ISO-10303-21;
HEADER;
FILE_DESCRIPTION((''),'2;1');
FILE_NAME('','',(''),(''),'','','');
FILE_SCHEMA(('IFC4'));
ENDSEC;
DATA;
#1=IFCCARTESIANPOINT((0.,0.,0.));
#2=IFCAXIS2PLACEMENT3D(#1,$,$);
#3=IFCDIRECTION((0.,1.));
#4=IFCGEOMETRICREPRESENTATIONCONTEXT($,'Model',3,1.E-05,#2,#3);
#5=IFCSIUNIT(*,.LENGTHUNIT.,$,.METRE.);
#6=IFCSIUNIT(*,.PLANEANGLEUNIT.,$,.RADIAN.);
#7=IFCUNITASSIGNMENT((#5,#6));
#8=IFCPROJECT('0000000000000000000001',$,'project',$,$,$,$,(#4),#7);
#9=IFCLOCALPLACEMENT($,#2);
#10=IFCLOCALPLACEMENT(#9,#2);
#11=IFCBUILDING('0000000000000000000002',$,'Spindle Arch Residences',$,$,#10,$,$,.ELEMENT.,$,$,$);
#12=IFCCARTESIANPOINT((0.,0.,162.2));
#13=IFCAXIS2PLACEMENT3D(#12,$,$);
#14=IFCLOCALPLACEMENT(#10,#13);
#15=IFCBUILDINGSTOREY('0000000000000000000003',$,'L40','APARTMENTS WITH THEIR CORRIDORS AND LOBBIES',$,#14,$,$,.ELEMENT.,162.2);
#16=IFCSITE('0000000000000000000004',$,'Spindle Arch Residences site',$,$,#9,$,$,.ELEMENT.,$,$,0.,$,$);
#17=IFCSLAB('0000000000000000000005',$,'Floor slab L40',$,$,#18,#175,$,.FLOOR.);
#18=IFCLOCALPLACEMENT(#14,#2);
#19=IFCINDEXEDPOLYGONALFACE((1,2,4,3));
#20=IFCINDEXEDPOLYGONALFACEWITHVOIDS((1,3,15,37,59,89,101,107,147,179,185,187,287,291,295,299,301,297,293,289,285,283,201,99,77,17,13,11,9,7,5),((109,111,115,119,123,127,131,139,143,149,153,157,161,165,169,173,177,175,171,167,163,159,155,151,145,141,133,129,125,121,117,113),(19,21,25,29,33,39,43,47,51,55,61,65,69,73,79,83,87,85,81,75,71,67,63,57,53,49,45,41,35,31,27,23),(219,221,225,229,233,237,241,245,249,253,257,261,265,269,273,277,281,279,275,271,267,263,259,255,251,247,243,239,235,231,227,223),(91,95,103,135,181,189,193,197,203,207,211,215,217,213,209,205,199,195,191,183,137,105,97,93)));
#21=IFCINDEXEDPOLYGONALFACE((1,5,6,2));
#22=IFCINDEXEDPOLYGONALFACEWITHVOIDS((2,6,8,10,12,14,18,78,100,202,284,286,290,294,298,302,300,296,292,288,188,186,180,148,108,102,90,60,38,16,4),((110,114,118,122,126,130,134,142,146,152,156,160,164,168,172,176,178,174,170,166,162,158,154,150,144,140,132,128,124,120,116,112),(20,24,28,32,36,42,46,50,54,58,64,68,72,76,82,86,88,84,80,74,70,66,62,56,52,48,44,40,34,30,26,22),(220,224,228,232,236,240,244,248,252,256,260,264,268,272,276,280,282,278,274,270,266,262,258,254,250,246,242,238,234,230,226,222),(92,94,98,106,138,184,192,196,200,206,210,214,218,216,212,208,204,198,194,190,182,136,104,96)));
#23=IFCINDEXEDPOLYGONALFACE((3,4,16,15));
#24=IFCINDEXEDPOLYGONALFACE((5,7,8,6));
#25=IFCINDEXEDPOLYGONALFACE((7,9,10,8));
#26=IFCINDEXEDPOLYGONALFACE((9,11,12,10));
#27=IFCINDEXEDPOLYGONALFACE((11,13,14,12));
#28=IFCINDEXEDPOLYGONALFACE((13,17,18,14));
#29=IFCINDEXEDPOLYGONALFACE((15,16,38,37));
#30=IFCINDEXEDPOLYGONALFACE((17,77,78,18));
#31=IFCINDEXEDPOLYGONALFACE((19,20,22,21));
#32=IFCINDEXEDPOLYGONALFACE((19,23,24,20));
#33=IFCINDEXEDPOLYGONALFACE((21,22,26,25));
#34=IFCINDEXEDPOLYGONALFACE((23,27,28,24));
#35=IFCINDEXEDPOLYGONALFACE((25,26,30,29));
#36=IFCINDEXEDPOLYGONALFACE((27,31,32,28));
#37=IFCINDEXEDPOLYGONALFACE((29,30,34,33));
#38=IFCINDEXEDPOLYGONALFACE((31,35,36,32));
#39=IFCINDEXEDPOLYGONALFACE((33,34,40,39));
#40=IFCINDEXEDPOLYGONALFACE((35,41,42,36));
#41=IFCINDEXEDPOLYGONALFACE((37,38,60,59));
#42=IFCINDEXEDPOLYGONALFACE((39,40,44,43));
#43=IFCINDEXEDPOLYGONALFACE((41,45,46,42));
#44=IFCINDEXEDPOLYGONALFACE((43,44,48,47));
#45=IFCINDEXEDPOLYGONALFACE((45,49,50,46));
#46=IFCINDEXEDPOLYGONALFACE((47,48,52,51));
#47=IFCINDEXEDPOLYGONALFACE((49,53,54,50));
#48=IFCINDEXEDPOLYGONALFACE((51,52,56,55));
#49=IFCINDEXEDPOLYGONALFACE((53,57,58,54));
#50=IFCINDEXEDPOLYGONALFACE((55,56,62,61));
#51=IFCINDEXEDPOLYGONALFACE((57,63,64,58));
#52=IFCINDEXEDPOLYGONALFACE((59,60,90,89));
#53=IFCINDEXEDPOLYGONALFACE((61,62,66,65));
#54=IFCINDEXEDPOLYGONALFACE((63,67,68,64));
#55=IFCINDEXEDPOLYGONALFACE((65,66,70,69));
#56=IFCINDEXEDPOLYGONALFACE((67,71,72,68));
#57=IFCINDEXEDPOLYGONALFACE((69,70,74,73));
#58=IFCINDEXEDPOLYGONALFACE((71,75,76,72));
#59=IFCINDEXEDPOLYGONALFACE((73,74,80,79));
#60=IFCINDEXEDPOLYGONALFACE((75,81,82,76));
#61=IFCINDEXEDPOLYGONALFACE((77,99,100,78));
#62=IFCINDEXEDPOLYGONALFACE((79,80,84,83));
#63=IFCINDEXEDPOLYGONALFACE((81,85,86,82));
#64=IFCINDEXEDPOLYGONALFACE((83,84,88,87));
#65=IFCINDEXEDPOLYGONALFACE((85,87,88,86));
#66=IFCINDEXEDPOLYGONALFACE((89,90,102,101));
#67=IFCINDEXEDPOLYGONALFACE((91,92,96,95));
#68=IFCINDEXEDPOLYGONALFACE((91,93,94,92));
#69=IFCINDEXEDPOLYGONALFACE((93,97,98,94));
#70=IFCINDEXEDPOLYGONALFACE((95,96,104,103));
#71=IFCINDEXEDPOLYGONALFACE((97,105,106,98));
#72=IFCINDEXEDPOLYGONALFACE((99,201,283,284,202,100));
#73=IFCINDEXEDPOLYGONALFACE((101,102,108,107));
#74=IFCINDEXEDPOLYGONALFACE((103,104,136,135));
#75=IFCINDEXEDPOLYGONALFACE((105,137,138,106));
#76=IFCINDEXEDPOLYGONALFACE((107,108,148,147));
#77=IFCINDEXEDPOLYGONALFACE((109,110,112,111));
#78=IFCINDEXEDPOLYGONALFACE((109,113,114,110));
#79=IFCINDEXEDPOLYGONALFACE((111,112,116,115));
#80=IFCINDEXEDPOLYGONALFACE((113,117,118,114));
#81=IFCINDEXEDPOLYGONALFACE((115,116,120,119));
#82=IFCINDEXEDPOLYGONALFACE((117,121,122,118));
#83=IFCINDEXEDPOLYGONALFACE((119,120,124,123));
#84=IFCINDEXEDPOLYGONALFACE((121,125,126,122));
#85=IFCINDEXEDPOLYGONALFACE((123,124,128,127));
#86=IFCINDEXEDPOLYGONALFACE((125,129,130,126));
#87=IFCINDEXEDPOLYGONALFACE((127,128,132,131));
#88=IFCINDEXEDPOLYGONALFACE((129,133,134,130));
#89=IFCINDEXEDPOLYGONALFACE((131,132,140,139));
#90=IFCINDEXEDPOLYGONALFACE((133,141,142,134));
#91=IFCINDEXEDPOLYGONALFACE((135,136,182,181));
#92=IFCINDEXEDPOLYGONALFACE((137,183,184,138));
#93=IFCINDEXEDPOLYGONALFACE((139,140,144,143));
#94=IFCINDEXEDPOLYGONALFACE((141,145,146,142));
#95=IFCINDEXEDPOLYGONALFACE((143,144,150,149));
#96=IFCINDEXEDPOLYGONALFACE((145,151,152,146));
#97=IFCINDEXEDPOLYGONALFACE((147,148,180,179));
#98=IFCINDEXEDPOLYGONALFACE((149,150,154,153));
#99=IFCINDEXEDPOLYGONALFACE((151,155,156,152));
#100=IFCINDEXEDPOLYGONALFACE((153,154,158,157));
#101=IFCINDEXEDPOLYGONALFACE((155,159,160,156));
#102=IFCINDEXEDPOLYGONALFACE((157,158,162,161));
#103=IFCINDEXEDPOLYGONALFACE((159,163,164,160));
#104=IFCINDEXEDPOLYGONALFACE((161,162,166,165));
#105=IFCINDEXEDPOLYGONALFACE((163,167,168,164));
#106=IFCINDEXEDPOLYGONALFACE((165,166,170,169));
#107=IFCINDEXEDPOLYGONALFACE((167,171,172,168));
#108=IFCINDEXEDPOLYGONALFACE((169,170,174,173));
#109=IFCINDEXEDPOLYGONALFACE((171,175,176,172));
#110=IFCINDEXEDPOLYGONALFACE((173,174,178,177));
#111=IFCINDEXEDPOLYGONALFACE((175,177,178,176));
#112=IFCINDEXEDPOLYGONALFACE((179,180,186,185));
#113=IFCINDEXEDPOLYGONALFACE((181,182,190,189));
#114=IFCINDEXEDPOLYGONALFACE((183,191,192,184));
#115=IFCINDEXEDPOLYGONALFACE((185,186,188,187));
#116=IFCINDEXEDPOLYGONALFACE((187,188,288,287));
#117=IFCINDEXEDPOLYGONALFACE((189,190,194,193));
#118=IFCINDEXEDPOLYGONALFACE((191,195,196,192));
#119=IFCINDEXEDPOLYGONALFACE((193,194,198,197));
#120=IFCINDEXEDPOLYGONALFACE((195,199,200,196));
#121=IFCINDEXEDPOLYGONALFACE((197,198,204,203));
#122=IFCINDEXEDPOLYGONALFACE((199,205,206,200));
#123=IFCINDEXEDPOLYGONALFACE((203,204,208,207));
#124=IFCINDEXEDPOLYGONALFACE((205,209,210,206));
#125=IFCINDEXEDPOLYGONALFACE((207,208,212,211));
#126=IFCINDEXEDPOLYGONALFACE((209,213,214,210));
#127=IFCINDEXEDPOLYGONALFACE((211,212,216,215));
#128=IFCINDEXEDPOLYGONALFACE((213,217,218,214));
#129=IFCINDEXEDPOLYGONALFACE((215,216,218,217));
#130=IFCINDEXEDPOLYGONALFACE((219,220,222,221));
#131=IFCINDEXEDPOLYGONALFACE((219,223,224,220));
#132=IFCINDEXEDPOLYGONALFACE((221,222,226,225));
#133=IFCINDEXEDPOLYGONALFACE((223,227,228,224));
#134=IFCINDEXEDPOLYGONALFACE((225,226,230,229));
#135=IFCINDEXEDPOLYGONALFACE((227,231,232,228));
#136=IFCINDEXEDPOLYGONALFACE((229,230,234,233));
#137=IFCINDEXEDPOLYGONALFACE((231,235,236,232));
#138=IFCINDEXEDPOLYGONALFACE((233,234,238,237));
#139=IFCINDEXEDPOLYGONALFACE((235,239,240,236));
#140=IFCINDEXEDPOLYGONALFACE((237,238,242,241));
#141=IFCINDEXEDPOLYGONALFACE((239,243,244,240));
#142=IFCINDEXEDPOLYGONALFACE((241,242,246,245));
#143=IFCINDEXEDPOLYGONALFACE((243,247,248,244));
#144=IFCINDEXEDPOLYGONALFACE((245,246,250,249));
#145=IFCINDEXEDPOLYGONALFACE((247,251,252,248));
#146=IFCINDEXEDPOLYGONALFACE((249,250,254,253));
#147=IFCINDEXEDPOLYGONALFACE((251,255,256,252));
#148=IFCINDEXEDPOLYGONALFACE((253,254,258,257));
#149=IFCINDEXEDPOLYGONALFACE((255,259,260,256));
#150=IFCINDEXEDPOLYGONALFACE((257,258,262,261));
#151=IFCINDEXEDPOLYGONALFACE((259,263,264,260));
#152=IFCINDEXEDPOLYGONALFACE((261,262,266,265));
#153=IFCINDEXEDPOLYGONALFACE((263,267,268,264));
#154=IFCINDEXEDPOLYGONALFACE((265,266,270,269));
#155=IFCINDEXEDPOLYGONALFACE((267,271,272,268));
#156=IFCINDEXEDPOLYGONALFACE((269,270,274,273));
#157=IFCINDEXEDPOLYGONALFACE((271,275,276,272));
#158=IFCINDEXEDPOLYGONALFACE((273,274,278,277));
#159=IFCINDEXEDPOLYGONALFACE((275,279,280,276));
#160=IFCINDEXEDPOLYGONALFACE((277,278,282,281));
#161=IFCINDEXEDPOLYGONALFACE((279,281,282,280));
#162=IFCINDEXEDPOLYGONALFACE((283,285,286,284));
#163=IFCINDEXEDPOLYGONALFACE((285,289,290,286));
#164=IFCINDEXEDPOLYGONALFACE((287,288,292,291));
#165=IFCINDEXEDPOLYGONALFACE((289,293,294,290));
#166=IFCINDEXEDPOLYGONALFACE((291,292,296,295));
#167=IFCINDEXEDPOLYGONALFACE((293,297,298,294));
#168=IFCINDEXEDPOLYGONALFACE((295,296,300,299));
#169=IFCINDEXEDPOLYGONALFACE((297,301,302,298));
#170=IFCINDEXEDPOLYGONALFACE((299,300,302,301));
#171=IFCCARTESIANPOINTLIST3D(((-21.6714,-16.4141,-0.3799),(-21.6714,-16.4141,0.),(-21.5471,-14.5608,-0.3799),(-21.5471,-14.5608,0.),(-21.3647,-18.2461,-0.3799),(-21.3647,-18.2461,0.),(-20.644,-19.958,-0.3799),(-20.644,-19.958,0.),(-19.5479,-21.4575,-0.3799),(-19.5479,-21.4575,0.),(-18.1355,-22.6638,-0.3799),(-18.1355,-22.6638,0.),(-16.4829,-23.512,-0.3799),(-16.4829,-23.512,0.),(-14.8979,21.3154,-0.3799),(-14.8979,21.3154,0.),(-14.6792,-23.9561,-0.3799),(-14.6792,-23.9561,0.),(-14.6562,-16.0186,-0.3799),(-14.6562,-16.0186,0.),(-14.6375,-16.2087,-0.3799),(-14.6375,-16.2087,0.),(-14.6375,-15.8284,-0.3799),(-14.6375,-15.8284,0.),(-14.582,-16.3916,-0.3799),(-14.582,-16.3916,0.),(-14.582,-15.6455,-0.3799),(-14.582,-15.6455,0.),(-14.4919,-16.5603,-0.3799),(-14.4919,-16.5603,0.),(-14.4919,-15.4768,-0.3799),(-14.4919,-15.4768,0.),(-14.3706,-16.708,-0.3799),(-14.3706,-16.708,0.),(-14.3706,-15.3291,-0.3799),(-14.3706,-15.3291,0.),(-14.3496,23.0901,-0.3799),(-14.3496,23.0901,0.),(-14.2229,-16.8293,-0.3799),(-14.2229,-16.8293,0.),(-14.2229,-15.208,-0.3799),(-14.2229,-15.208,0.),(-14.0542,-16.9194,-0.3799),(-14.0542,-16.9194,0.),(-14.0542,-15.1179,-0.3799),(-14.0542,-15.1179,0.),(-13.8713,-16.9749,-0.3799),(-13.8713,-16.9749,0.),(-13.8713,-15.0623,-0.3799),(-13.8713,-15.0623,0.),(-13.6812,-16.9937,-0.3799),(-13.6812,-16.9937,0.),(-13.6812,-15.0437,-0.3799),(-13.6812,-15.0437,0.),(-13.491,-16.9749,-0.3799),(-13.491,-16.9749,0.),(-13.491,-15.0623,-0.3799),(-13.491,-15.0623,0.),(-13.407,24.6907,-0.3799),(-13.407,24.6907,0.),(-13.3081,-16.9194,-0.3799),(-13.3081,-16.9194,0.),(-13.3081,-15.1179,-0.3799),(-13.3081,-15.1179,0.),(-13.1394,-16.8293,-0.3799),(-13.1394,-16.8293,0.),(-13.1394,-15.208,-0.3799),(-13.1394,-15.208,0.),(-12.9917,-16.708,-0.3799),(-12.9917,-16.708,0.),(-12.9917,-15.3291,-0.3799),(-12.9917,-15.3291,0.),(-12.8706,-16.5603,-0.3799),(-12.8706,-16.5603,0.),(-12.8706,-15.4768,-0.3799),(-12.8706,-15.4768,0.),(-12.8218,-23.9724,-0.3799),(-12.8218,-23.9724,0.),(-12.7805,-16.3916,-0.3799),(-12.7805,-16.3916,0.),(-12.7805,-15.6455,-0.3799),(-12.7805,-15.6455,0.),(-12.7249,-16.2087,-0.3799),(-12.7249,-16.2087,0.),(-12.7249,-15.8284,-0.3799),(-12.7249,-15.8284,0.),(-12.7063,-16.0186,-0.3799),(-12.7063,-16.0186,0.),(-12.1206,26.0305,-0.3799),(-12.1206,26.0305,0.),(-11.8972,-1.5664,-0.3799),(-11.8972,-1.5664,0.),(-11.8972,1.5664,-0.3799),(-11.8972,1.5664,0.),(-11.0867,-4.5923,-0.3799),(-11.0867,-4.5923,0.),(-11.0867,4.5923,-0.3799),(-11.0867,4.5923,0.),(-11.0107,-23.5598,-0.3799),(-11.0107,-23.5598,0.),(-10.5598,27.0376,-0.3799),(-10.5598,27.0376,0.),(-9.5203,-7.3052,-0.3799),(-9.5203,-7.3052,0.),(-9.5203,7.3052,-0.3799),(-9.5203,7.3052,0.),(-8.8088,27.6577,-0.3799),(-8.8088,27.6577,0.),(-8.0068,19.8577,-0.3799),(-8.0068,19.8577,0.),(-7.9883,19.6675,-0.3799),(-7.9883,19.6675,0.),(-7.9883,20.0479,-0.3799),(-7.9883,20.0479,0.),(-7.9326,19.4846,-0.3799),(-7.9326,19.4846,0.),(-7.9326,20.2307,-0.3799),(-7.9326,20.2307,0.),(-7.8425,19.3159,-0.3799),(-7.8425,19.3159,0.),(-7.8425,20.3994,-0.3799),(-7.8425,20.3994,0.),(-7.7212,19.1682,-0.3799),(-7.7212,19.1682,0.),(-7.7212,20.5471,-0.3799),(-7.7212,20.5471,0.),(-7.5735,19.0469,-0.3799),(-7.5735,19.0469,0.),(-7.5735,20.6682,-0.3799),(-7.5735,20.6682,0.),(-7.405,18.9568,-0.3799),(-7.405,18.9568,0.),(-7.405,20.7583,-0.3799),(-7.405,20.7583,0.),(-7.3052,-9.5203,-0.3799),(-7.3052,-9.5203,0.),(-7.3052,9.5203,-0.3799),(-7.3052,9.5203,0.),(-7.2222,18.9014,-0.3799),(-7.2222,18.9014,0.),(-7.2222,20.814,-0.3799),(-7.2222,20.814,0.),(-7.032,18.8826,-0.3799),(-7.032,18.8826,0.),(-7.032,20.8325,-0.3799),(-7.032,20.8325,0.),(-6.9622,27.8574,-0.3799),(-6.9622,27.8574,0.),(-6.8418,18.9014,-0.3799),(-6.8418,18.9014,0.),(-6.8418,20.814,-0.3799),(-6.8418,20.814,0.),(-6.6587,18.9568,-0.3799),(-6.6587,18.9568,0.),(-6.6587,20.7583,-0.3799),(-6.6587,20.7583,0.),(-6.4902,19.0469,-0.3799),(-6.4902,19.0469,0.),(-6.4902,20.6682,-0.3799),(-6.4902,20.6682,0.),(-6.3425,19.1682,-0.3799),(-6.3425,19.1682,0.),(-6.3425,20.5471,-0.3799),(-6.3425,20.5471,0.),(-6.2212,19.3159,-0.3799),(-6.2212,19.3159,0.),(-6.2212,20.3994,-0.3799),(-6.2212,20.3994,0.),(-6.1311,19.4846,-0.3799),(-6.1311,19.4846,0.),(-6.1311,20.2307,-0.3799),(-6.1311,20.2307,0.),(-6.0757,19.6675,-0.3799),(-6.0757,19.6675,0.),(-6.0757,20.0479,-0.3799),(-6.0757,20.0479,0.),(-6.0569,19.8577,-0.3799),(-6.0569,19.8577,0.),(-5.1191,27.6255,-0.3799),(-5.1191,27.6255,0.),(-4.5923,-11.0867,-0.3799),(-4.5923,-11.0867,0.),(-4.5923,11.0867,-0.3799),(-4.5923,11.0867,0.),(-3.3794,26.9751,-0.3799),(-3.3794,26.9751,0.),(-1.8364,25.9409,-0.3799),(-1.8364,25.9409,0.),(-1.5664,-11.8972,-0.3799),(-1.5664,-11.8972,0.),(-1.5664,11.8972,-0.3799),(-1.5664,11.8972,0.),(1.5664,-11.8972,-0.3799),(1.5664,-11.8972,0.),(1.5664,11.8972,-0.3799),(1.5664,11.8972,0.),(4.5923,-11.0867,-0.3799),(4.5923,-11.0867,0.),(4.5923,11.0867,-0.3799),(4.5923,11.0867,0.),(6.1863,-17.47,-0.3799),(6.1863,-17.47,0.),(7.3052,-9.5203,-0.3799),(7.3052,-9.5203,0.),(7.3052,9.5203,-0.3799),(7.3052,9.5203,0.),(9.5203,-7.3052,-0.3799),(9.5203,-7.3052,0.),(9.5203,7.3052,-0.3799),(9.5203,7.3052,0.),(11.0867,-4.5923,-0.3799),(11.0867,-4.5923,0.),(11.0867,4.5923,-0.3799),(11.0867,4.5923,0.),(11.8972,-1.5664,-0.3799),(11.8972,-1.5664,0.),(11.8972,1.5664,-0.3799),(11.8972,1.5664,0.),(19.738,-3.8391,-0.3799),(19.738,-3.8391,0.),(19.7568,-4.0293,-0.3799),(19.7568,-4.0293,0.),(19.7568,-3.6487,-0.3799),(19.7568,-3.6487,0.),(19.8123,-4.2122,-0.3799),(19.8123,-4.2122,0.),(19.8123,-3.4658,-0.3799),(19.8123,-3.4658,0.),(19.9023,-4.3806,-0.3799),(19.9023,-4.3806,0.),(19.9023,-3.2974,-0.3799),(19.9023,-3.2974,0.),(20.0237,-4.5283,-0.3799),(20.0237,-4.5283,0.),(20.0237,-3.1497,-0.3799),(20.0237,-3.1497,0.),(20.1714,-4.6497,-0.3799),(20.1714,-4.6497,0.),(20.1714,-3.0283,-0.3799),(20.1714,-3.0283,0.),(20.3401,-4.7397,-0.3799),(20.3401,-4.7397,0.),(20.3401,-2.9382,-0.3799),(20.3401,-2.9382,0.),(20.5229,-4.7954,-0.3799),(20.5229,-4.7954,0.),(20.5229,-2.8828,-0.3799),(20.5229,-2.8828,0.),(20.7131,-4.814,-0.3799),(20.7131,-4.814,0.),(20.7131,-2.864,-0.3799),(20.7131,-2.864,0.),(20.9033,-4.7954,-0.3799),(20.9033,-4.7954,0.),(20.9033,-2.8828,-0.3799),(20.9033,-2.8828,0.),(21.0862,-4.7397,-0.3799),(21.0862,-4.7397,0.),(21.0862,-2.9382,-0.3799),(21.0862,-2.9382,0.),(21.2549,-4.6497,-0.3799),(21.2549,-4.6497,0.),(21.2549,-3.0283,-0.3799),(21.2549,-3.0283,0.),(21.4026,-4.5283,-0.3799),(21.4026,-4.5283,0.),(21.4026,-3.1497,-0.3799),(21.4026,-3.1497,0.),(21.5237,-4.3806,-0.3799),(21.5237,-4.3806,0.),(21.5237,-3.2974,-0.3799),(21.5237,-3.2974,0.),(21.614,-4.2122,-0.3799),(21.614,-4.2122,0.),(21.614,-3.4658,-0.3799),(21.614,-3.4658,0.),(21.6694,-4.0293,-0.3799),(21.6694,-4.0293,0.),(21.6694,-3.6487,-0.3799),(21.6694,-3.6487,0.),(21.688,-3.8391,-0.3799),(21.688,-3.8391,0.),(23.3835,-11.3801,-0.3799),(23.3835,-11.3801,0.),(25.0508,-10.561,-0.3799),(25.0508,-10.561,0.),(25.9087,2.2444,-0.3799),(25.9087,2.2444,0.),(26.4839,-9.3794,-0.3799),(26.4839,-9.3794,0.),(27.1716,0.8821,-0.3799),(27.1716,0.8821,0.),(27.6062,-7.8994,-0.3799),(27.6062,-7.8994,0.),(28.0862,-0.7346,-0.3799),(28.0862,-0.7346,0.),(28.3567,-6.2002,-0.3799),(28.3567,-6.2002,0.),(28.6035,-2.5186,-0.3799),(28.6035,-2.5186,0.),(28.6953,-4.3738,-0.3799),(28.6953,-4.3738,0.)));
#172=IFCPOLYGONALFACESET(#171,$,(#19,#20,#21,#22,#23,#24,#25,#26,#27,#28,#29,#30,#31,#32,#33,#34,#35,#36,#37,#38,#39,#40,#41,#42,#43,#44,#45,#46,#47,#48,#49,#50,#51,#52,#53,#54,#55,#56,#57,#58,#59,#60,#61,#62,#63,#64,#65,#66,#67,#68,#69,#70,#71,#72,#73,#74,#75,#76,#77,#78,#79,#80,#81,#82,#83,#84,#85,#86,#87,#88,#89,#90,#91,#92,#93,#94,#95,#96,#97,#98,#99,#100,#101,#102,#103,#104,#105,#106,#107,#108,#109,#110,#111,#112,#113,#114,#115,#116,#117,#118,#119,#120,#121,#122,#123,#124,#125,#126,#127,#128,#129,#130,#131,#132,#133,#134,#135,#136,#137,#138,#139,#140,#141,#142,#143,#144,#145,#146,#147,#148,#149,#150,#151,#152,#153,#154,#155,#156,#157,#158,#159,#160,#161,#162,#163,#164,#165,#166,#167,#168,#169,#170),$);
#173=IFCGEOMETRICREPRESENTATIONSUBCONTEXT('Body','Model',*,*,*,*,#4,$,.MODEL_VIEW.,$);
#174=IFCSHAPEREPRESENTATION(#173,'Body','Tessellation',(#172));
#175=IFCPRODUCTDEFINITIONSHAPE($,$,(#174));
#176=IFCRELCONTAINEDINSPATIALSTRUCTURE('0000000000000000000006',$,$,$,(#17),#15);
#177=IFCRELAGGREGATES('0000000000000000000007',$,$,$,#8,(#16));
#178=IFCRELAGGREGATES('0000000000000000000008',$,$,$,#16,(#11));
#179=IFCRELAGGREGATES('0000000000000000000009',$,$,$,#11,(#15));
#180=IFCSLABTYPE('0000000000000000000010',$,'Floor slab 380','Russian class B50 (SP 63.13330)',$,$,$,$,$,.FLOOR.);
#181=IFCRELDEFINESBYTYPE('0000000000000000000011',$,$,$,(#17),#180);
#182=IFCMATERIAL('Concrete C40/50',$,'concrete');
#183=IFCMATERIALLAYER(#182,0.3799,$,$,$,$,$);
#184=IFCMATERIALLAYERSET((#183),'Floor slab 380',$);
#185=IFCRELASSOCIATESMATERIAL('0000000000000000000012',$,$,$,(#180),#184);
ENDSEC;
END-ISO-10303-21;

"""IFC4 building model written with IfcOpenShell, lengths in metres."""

from ifc_helpers import new_model, si_unit, direction, frame, origin, place, context, subcontext, project, spatial, polyline, outline, extrude, material, layer, layer_set, type_object, element, save


model = new_model("IFC4")

# Units and contexts
model_context = context("Model", 3, precision=1e-05, world=origin(), true_north=direction((0.0, 1.0)))
body_context = subcontext(model_context, "Body", "Model", "MODEL_VIEW")
ifc_project = project(units=[si_unit("LENGTHUNIT", "METRE"), si_unit("PLANEANGLEUNIT", "RADIAN")], contexts=[model_context])

# Site, building, storey
site_placement = place(None, origin())
site = spatial("IfcSite", under=ifc_project, at=site_placement, Name="Spindle Arch Residences site", CompositionType="ELEMENT", RefElevation=0.0)
building_placement = place(site_placement, origin())
building = spatial("IfcBuilding", under=site, at=building_placement, Name="Spindle Arch Residences", CompositionType="ELEMENT")
storey_placement = place(building_placement, frame((0.0, 0.0, 162.2)))
storey = spatial("IfcBuildingStorey", under=building, at=storey_placement, Name="L40", Description="APARTMENTS WITH THEIR CORRIDORS AND LOBBIES", CompositionType="ELEMENT", Elevation=162.2)

# Slab
ifc_material_1 = material(Name="Concrete C40/50", Category="concrete")
ifc_layer_1 = layer(ifc_material_1, 0.3799)
ifc_layer_set_1 = layer_set([ifc_layer_1], Name="Floor slab 380")
slab_type_1 = type_object("IfcSlabType", Name="Floor slab 380", Description="Russian class B50 (SP 63.13330)", PredefinedType="FLOOR", material=ifc_layer_set_1)
slab_1_placement = place(storey_placement, frame((0.0, 0.0, -0.3799)))
element("IfcSlab", 1, at=slab_1_placement, inside=storey, type_object=slab_type_1, Name="Floor slab L40", PredefinedType="FLOOR", context=body_context, shape_type="SweptSolid", body=[
    extrude(outline(polyline([(-12.8218, -23.9724), (-14.6792, -23.9561), (-16.4829, -23.512), (-18.1355, -22.6638), (-19.5479, -21.4575), (-20.644, -19.958), (-21.3647, -18.2461), (-21.6714, -16.4141), (-21.5471, -14.5608), (-14.8979, 21.3154), (-14.3496, 23.0901), (-13.407, 24.6907), (-12.1206, 26.0305), (-10.5598, 27.0376), (-8.8088, 27.6577), (-6.9622, 27.8574), (-5.1191, 27.6255), (-3.3794, 26.9751), (-1.8364, 25.9409), (25.9087, 2.2444), (27.1716, 0.8821), (28.0862, -0.7346), (28.6035, -2.5186), (28.6953, -4.3738), (28.3567, -6.2002), (27.6062, -7.8994), (26.4839, -9.3794), (25.0508, -10.561), (23.3835, -11.3801), (6.1863, -17.47), (-11.0107, -23.5598), (-12.8218, -23.9724)]), holes=[polyline([(7.3052, -9.5203), (9.5203, -7.3052), (11.0867, -4.5923), (11.8972, -1.5664), (11.8972, 1.5664), (11.0867, 4.5923), (9.5203, 7.3052), (7.3052, 9.5203), (4.5923, 11.0867), (1.5664, 11.8972), (-1.5664, 11.8972), (-4.5923, 11.0867), (-7.3052, 9.5203), (-9.5203, 7.3052), (-11.0867, 4.5923), (-11.8972, 1.5664), (-11.8972, -1.5664), (-11.0867, -4.5923), (-9.5203, -7.3052), (-7.3052, -9.5203), (-4.5923, -11.0867), (-1.5664, -11.8972), (1.5664, -11.8972), (4.5923, -11.0867), (7.3052, -9.5203)]), polyline([(-12.9917, -16.708), (-12.8706, -16.5603), (-12.7805, -16.3916), (-12.7249, -16.2087), (-12.7063, -16.0186), (-12.7249, -15.8284), (-12.7805, -15.6455), (-12.8706, -15.4768), (-12.9917, -15.3291), (-13.1394, -15.208), (-13.3081, -15.1179), (-13.491, -15.0623), (-13.6812, -15.0437), (-13.8713, -15.0623), (-14.0542, -15.1179), (-14.2229, -15.208), (-14.3706, -15.3291), (-14.4919, -15.4768), (-14.582, -15.6455), (-14.6375, -15.8284), (-14.6562, -16.0186), (-14.6375, -16.2087), (-14.582, -16.3916), (-14.4919, -16.5603), (-14.3706, -16.708), (-14.2229, -16.8293), (-14.0542, -16.9194), (-13.8713, -16.9749), (-13.6812, -16.9937), (-13.491, -16.9749), (-13.3081, -16.9194), (-13.1394, -16.8293), (-12.9917, -16.708)]), polyline([(-6.2212, 19.3159), (-6.1311, 19.4846), (-6.0757, 19.6675), (-6.0569, 19.8577), (-6.0757, 20.0479), (-6.1311, 20.2307), (-6.2212, 20.3994), (-6.3425, 20.5471), (-6.4902, 20.6682), (-6.6587, 20.7583), (-6.8418, 20.814), (-7.032, 20.8325), (-7.2222, 20.814), (-7.405, 20.7583), (-7.5735, 20.6682), (-7.7212, 20.5471), (-7.8425, 20.3994), (-7.9326, 20.2307), (-7.9883, 20.0479), (-8.0068, 19.8577), (-7.9883, 19.6675), (-7.9326, 19.4846), (-7.8425, 19.3159), (-7.7212, 19.1682), (-7.5735, 19.0469), (-7.405, 18.9568), (-7.2222, 18.9014), (-7.032, 18.8826), (-6.8418, 18.9014), (-6.6587, 18.9568), (-6.4902, 19.0469), (-6.3425, 19.1682), (-6.2212, 19.3159)]), polyline([(21.5237, -4.3806), (21.614, -4.2122), (21.6694, -4.0293), (21.688, -3.8391), (21.6694, -3.6487), (21.614, -3.4658), (21.5237, -3.2974), (21.4026, -3.1497), (21.2549, -3.0283), (21.0862, -2.9382), (20.9033, -2.8828), (20.7131, -2.864), (20.5229, -2.8828), (20.3401, -2.9382), (20.1714, -3.0283), (20.0237, -3.1497), (19.9023, -3.2974), (19.8123, -3.4658), (19.7568, -3.6487), (19.738, -3.8391), (19.7568, -4.0293), (19.8123, -4.2122), (19.9023, -4.3806), (20.0237, -4.5283), (20.1714, -4.6497), (20.3401, -4.7397), (20.5229, -4.7954), (20.7131, -4.814), (20.9033, -4.7954), (21.0862, -4.7397), (21.2549, -4.6497), (21.4026, -4.5283), (21.5237, -4.3806)])]), origin(), (0.0, 0.0, 1.0), 0.3799),
])

save(model, "model.ifc")
